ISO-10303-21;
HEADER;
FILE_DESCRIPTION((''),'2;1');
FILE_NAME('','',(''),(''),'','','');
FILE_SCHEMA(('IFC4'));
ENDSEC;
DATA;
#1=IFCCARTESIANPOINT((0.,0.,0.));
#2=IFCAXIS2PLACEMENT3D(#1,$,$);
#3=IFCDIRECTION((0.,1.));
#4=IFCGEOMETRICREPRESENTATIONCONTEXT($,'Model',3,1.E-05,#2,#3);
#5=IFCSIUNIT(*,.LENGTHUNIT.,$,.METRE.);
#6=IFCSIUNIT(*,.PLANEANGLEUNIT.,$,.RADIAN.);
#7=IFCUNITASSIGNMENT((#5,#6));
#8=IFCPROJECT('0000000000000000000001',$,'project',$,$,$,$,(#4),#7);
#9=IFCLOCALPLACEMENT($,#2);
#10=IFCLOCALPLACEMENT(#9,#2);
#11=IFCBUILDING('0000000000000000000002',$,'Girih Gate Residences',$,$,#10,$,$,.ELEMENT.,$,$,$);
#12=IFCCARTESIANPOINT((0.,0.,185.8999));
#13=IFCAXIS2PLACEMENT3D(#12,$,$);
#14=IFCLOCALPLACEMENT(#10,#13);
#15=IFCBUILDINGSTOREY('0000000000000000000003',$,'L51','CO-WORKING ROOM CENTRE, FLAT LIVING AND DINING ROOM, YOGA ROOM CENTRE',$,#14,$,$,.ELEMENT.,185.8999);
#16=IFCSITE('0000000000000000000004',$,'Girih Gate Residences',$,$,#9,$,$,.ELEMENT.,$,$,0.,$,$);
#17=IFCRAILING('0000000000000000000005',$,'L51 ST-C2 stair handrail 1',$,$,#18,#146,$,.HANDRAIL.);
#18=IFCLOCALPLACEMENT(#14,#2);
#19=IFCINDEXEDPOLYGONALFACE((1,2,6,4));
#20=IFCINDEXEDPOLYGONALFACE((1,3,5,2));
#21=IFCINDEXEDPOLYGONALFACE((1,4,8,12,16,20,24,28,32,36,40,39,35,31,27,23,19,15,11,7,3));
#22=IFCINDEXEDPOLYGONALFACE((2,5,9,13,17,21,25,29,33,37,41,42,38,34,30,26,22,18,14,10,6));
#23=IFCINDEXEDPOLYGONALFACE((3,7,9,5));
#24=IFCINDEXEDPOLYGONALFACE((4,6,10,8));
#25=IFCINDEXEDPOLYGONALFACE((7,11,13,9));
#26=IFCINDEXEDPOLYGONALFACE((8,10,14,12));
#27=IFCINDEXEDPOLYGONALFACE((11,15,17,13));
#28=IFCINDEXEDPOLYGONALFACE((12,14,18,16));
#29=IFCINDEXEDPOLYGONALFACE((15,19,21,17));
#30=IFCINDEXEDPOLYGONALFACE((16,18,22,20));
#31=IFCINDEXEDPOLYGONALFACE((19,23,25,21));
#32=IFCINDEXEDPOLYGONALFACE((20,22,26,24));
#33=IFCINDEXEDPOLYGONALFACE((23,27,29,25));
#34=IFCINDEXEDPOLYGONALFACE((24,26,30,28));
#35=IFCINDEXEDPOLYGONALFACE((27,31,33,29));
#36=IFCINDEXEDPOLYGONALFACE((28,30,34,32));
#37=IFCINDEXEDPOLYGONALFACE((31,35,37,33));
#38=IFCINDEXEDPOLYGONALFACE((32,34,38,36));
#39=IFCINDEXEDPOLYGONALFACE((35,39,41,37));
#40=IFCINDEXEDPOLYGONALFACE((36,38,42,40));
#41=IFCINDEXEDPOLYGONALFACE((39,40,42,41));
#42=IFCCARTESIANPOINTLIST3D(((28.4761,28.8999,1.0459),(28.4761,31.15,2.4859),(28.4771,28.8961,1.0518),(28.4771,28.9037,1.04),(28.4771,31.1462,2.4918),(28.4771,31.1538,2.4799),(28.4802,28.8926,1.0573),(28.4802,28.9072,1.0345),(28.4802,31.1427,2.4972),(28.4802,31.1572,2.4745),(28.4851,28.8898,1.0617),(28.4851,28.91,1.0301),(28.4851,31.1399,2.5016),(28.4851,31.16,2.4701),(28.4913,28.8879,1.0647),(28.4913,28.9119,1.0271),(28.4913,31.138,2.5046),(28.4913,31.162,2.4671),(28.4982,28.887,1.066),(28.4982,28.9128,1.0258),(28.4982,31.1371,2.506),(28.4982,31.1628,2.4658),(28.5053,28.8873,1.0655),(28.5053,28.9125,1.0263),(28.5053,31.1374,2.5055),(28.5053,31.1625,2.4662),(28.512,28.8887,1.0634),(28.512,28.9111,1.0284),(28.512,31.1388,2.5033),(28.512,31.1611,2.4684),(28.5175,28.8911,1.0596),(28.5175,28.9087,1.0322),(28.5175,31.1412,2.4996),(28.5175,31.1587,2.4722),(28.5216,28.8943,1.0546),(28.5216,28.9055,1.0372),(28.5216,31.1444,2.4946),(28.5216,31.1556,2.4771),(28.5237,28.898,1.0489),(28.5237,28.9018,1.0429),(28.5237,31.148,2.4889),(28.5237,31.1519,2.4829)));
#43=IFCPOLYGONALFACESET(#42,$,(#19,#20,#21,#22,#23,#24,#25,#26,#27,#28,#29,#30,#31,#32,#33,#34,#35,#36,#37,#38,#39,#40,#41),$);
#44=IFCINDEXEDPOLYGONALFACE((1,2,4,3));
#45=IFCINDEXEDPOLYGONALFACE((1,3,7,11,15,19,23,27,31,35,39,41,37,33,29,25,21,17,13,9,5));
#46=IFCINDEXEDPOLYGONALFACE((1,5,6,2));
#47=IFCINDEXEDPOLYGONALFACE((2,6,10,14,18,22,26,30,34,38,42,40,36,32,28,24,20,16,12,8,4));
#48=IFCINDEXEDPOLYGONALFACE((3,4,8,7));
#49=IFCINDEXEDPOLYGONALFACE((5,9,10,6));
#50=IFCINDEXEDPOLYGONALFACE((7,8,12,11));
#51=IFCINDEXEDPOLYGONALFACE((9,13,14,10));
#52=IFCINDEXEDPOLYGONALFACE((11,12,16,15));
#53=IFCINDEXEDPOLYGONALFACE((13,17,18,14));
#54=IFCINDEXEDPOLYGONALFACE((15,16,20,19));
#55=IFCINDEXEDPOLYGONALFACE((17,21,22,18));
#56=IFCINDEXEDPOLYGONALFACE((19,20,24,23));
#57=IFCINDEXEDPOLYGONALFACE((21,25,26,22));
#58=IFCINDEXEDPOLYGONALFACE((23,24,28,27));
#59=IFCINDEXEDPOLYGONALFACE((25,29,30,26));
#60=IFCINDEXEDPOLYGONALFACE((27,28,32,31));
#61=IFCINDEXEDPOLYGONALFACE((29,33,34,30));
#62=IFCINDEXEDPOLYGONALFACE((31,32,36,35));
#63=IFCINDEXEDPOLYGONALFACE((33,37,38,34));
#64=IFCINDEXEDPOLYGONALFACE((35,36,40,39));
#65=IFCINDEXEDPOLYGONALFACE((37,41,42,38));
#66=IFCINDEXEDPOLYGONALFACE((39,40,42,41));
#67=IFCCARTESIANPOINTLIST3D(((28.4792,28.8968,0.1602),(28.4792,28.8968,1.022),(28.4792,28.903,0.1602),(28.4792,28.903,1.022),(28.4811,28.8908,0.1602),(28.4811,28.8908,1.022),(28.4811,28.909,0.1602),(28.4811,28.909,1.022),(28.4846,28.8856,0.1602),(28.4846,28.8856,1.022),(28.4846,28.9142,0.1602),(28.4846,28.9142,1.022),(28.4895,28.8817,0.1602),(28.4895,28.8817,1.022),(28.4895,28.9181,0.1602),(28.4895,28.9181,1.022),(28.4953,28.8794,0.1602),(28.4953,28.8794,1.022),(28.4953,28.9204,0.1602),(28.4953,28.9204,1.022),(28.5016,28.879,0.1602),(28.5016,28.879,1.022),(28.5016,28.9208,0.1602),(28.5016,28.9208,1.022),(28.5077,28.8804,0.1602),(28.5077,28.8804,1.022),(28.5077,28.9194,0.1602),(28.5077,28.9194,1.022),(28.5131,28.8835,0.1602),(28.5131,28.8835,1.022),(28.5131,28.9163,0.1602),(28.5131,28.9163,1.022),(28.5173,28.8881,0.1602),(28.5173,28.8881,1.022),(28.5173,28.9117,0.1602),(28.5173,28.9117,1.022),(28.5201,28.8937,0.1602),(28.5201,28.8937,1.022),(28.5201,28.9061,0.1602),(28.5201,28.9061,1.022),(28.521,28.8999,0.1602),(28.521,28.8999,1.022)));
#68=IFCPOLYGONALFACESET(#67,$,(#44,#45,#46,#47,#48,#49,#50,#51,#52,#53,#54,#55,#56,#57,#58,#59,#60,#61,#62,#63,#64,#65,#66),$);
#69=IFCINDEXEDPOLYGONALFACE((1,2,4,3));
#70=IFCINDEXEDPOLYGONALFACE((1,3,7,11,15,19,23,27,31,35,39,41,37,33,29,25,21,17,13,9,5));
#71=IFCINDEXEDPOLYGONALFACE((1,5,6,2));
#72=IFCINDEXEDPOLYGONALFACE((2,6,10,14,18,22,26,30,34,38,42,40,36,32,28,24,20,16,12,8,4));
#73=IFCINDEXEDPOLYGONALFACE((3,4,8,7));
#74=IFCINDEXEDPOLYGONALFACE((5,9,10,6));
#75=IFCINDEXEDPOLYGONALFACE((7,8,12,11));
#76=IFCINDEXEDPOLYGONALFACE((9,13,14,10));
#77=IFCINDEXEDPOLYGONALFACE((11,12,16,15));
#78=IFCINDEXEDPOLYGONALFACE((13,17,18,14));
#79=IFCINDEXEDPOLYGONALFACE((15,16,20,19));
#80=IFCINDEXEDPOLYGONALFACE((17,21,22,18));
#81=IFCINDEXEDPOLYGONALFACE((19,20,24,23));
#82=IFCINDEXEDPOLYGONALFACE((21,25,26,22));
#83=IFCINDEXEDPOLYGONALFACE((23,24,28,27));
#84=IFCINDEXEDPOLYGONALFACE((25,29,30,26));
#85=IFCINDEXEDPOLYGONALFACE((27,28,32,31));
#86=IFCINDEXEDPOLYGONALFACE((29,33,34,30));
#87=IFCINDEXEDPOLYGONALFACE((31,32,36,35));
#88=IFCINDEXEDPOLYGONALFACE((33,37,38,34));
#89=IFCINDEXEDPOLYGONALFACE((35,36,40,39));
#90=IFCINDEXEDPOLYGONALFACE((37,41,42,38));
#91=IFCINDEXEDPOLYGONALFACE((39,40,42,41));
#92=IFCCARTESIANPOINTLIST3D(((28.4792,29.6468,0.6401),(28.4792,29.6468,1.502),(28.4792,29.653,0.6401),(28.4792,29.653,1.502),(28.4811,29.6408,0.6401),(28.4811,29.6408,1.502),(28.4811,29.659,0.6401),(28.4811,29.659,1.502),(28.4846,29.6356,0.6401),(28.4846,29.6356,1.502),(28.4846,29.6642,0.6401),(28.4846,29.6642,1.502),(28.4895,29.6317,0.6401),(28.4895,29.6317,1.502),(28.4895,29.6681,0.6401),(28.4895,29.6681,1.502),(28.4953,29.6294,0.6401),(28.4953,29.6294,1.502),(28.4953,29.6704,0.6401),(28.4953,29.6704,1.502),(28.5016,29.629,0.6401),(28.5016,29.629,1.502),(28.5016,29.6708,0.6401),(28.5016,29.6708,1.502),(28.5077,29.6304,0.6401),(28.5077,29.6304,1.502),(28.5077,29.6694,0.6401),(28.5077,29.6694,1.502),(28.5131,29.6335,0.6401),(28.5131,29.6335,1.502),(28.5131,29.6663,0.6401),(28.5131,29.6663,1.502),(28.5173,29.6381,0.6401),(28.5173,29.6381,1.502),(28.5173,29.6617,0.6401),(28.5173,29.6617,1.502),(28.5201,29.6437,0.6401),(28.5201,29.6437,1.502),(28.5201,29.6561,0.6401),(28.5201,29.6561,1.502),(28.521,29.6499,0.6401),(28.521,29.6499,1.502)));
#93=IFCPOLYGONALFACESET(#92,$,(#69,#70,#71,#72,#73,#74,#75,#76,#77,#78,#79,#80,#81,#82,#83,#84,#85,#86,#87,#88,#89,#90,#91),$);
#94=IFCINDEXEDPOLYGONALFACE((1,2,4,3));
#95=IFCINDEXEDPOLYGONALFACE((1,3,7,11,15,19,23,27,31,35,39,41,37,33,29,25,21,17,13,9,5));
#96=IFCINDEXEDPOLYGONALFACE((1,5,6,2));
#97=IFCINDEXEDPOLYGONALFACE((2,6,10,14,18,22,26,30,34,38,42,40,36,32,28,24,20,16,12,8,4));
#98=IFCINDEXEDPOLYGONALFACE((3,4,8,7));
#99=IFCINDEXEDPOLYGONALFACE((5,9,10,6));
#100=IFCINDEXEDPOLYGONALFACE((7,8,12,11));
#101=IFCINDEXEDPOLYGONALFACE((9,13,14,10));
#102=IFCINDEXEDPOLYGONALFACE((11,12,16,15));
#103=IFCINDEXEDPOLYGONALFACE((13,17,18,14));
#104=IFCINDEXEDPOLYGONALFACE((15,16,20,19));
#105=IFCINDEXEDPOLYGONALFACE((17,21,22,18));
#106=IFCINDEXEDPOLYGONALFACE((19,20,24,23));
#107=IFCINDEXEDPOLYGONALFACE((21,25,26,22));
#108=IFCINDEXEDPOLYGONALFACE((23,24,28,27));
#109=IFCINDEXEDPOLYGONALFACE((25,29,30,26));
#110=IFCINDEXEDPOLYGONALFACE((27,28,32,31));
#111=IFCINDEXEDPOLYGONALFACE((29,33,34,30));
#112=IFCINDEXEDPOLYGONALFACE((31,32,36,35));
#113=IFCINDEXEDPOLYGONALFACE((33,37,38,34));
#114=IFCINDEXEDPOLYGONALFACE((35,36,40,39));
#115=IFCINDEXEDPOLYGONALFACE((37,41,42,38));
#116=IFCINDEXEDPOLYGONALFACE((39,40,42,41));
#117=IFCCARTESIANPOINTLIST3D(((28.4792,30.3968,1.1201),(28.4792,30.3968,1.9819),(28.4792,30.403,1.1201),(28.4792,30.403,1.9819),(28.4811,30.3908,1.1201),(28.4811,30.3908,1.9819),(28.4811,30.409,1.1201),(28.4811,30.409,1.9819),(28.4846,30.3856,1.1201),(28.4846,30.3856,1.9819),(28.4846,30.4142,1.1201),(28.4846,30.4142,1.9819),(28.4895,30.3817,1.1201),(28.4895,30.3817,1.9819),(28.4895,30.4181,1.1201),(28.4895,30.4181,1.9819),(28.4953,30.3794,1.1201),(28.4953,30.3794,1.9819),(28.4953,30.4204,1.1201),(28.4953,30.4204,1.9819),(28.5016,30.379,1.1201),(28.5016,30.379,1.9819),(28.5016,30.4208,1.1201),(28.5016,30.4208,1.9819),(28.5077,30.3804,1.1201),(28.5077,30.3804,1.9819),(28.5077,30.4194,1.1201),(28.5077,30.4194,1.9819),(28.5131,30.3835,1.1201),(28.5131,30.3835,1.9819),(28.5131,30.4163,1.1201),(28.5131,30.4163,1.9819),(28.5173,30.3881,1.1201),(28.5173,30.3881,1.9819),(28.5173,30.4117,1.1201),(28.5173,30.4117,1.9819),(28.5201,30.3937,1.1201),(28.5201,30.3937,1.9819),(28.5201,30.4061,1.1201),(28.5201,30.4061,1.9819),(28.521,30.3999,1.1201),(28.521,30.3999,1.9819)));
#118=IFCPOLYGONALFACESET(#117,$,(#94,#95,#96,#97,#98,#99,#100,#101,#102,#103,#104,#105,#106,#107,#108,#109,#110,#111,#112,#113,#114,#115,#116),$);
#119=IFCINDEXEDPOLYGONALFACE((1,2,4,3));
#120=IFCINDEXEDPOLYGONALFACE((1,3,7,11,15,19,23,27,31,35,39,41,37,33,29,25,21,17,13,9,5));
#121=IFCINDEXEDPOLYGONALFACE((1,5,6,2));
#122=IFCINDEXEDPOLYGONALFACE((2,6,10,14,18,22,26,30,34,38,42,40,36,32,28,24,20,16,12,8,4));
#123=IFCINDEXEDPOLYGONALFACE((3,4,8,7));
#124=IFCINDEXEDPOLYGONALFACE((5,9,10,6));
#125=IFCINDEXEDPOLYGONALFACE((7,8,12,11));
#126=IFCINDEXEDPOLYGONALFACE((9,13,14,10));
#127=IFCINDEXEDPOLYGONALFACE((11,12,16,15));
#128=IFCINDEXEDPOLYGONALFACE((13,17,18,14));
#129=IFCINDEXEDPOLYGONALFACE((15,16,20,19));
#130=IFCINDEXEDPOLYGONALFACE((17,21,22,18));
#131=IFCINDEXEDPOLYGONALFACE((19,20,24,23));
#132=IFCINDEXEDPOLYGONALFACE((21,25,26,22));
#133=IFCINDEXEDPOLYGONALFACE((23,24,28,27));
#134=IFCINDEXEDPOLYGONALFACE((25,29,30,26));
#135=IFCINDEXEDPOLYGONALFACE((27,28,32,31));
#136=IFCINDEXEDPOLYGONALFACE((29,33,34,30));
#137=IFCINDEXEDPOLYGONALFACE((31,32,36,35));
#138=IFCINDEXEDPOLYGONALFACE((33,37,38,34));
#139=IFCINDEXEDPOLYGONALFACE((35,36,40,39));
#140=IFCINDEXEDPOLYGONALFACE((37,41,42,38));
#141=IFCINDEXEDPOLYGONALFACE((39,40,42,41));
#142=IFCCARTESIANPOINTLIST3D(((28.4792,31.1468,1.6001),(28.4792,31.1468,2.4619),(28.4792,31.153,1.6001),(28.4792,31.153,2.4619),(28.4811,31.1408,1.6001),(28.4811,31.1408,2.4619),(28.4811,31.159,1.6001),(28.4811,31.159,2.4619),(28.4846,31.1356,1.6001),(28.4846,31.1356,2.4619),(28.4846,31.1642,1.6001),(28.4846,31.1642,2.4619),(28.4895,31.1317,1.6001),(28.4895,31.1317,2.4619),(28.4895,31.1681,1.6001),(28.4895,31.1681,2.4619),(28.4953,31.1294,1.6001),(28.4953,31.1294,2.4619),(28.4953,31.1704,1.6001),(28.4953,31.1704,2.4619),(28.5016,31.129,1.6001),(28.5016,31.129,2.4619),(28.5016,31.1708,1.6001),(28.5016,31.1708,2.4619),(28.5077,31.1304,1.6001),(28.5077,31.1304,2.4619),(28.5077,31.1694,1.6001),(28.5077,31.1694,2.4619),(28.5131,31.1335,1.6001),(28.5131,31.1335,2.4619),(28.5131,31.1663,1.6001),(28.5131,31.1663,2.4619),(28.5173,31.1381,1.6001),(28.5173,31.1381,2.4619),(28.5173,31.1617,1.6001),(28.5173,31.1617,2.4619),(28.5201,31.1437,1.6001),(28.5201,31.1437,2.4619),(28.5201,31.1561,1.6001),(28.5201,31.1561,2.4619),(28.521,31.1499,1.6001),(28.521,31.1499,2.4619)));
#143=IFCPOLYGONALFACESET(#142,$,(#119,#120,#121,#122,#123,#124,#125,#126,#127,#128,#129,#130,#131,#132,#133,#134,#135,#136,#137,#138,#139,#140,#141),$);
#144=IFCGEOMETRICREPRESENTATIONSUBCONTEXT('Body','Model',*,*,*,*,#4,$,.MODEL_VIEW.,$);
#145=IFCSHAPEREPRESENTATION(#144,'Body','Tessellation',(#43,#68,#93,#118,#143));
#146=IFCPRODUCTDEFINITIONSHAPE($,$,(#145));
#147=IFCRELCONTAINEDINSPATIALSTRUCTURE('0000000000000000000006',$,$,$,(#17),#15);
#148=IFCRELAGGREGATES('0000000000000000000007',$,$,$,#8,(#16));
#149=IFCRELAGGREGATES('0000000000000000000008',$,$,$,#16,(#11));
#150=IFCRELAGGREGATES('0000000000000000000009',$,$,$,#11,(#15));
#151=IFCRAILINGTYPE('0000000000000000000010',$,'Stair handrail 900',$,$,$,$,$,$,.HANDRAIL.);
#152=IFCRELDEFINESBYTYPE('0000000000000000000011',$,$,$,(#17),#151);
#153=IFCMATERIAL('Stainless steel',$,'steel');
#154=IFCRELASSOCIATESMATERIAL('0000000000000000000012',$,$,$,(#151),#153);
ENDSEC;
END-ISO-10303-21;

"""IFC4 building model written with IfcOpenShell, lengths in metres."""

from ifc_helpers import new_model, si_unit, direction, frame, origin, origin_2d, place, context, subcontext, project, spatial, circle, extrude, material, type_object, element, save


model = new_model("IFC4")

# Units and contexts
model_context = context("Model", 3, precision=1e-05, world=origin(), true_north=direction((0.0, 1.0)))
body_context = subcontext(model_context, "Body", "Model", "MODEL_VIEW")
ifc_project = project(units=[si_unit("LENGTHUNIT", "METRE"), si_unit("PLANEANGLEUNIT", "RADIAN")], contexts=[model_context])

# Site, building, storey
site_placement = place(None, origin())
site = spatial("IfcSite", under=ifc_project, at=site_placement, Name="Girih Gate Residences", CompositionType="ELEMENT", RefElevation=0.0)
building_placement = place(site_placement, origin())
building = spatial("IfcBuilding", under=site, at=building_placement, Name="Girih Gate Residences", CompositionType="ELEMENT")
storey_placement = place(building_placement, frame((0.0, 0.0, 185.8999)))
storey = spatial("IfcBuildingStorey", under=building, at=storey_placement, Name="L51", Description="CO-WORKING ROOM CENTRE, FLAT LIVING AND DINING ROOM, YOGA ROOM CENTRE", CompositionType="ELEMENT", Elevation=185.8999)

# Railing
ifc_material_1 = material(Name="Stainless steel", Category="steel")
railing_type_1 = type_object("IfcRailingType", Name="Stair handrail 900", PredefinedType="HANDRAIL", material=ifc_material_1)
for number, where, name in (
    (1, (28.5, 28.8999, 0.1602), "L51 ST-C2 stair handrail 1"),
):
    element("IfcRailing", number, at=place(storey_placement, frame(where)), inside=storey, type_object=railing_type_1, Name=name, PredefinedType="HANDRAIL", context=body_context, shape_type="SweptSolid", body=[
        extrude(circle(Radius=0.0239, at=origin_2d()), frame((0.0, 0.0, 0.8857), z_axis=(0.0, 0.842281, 0.539038), x_axis=(-1.0, 0.0, 0.0)), (0.0, 0.0, 1.0), 2.6714),
        extrude(circle(Radius=0.021, at=origin_2d()), origin(), (0.0, 0.0, 1.0), 0.8618),
        extrude(circle(Radius=0.021, at=origin_2d()), frame((0.0, 0.75, 0.48)), (0.0, 0.0, 1.0), 0.8618),
        extrude(circle(Radius=0.021, at=origin_2d()), frame((0.0, 1.5, 0.96)), (0.0, 0.0, 1.0), 0.8618),
        extrude(circle(Radius=0.021, at=origin_2d()), frame((0.0, 2.25, 1.4399)), (0.0, 0.0, 1.0), 0.8618),
    ])

save(model, "model.ifc")
